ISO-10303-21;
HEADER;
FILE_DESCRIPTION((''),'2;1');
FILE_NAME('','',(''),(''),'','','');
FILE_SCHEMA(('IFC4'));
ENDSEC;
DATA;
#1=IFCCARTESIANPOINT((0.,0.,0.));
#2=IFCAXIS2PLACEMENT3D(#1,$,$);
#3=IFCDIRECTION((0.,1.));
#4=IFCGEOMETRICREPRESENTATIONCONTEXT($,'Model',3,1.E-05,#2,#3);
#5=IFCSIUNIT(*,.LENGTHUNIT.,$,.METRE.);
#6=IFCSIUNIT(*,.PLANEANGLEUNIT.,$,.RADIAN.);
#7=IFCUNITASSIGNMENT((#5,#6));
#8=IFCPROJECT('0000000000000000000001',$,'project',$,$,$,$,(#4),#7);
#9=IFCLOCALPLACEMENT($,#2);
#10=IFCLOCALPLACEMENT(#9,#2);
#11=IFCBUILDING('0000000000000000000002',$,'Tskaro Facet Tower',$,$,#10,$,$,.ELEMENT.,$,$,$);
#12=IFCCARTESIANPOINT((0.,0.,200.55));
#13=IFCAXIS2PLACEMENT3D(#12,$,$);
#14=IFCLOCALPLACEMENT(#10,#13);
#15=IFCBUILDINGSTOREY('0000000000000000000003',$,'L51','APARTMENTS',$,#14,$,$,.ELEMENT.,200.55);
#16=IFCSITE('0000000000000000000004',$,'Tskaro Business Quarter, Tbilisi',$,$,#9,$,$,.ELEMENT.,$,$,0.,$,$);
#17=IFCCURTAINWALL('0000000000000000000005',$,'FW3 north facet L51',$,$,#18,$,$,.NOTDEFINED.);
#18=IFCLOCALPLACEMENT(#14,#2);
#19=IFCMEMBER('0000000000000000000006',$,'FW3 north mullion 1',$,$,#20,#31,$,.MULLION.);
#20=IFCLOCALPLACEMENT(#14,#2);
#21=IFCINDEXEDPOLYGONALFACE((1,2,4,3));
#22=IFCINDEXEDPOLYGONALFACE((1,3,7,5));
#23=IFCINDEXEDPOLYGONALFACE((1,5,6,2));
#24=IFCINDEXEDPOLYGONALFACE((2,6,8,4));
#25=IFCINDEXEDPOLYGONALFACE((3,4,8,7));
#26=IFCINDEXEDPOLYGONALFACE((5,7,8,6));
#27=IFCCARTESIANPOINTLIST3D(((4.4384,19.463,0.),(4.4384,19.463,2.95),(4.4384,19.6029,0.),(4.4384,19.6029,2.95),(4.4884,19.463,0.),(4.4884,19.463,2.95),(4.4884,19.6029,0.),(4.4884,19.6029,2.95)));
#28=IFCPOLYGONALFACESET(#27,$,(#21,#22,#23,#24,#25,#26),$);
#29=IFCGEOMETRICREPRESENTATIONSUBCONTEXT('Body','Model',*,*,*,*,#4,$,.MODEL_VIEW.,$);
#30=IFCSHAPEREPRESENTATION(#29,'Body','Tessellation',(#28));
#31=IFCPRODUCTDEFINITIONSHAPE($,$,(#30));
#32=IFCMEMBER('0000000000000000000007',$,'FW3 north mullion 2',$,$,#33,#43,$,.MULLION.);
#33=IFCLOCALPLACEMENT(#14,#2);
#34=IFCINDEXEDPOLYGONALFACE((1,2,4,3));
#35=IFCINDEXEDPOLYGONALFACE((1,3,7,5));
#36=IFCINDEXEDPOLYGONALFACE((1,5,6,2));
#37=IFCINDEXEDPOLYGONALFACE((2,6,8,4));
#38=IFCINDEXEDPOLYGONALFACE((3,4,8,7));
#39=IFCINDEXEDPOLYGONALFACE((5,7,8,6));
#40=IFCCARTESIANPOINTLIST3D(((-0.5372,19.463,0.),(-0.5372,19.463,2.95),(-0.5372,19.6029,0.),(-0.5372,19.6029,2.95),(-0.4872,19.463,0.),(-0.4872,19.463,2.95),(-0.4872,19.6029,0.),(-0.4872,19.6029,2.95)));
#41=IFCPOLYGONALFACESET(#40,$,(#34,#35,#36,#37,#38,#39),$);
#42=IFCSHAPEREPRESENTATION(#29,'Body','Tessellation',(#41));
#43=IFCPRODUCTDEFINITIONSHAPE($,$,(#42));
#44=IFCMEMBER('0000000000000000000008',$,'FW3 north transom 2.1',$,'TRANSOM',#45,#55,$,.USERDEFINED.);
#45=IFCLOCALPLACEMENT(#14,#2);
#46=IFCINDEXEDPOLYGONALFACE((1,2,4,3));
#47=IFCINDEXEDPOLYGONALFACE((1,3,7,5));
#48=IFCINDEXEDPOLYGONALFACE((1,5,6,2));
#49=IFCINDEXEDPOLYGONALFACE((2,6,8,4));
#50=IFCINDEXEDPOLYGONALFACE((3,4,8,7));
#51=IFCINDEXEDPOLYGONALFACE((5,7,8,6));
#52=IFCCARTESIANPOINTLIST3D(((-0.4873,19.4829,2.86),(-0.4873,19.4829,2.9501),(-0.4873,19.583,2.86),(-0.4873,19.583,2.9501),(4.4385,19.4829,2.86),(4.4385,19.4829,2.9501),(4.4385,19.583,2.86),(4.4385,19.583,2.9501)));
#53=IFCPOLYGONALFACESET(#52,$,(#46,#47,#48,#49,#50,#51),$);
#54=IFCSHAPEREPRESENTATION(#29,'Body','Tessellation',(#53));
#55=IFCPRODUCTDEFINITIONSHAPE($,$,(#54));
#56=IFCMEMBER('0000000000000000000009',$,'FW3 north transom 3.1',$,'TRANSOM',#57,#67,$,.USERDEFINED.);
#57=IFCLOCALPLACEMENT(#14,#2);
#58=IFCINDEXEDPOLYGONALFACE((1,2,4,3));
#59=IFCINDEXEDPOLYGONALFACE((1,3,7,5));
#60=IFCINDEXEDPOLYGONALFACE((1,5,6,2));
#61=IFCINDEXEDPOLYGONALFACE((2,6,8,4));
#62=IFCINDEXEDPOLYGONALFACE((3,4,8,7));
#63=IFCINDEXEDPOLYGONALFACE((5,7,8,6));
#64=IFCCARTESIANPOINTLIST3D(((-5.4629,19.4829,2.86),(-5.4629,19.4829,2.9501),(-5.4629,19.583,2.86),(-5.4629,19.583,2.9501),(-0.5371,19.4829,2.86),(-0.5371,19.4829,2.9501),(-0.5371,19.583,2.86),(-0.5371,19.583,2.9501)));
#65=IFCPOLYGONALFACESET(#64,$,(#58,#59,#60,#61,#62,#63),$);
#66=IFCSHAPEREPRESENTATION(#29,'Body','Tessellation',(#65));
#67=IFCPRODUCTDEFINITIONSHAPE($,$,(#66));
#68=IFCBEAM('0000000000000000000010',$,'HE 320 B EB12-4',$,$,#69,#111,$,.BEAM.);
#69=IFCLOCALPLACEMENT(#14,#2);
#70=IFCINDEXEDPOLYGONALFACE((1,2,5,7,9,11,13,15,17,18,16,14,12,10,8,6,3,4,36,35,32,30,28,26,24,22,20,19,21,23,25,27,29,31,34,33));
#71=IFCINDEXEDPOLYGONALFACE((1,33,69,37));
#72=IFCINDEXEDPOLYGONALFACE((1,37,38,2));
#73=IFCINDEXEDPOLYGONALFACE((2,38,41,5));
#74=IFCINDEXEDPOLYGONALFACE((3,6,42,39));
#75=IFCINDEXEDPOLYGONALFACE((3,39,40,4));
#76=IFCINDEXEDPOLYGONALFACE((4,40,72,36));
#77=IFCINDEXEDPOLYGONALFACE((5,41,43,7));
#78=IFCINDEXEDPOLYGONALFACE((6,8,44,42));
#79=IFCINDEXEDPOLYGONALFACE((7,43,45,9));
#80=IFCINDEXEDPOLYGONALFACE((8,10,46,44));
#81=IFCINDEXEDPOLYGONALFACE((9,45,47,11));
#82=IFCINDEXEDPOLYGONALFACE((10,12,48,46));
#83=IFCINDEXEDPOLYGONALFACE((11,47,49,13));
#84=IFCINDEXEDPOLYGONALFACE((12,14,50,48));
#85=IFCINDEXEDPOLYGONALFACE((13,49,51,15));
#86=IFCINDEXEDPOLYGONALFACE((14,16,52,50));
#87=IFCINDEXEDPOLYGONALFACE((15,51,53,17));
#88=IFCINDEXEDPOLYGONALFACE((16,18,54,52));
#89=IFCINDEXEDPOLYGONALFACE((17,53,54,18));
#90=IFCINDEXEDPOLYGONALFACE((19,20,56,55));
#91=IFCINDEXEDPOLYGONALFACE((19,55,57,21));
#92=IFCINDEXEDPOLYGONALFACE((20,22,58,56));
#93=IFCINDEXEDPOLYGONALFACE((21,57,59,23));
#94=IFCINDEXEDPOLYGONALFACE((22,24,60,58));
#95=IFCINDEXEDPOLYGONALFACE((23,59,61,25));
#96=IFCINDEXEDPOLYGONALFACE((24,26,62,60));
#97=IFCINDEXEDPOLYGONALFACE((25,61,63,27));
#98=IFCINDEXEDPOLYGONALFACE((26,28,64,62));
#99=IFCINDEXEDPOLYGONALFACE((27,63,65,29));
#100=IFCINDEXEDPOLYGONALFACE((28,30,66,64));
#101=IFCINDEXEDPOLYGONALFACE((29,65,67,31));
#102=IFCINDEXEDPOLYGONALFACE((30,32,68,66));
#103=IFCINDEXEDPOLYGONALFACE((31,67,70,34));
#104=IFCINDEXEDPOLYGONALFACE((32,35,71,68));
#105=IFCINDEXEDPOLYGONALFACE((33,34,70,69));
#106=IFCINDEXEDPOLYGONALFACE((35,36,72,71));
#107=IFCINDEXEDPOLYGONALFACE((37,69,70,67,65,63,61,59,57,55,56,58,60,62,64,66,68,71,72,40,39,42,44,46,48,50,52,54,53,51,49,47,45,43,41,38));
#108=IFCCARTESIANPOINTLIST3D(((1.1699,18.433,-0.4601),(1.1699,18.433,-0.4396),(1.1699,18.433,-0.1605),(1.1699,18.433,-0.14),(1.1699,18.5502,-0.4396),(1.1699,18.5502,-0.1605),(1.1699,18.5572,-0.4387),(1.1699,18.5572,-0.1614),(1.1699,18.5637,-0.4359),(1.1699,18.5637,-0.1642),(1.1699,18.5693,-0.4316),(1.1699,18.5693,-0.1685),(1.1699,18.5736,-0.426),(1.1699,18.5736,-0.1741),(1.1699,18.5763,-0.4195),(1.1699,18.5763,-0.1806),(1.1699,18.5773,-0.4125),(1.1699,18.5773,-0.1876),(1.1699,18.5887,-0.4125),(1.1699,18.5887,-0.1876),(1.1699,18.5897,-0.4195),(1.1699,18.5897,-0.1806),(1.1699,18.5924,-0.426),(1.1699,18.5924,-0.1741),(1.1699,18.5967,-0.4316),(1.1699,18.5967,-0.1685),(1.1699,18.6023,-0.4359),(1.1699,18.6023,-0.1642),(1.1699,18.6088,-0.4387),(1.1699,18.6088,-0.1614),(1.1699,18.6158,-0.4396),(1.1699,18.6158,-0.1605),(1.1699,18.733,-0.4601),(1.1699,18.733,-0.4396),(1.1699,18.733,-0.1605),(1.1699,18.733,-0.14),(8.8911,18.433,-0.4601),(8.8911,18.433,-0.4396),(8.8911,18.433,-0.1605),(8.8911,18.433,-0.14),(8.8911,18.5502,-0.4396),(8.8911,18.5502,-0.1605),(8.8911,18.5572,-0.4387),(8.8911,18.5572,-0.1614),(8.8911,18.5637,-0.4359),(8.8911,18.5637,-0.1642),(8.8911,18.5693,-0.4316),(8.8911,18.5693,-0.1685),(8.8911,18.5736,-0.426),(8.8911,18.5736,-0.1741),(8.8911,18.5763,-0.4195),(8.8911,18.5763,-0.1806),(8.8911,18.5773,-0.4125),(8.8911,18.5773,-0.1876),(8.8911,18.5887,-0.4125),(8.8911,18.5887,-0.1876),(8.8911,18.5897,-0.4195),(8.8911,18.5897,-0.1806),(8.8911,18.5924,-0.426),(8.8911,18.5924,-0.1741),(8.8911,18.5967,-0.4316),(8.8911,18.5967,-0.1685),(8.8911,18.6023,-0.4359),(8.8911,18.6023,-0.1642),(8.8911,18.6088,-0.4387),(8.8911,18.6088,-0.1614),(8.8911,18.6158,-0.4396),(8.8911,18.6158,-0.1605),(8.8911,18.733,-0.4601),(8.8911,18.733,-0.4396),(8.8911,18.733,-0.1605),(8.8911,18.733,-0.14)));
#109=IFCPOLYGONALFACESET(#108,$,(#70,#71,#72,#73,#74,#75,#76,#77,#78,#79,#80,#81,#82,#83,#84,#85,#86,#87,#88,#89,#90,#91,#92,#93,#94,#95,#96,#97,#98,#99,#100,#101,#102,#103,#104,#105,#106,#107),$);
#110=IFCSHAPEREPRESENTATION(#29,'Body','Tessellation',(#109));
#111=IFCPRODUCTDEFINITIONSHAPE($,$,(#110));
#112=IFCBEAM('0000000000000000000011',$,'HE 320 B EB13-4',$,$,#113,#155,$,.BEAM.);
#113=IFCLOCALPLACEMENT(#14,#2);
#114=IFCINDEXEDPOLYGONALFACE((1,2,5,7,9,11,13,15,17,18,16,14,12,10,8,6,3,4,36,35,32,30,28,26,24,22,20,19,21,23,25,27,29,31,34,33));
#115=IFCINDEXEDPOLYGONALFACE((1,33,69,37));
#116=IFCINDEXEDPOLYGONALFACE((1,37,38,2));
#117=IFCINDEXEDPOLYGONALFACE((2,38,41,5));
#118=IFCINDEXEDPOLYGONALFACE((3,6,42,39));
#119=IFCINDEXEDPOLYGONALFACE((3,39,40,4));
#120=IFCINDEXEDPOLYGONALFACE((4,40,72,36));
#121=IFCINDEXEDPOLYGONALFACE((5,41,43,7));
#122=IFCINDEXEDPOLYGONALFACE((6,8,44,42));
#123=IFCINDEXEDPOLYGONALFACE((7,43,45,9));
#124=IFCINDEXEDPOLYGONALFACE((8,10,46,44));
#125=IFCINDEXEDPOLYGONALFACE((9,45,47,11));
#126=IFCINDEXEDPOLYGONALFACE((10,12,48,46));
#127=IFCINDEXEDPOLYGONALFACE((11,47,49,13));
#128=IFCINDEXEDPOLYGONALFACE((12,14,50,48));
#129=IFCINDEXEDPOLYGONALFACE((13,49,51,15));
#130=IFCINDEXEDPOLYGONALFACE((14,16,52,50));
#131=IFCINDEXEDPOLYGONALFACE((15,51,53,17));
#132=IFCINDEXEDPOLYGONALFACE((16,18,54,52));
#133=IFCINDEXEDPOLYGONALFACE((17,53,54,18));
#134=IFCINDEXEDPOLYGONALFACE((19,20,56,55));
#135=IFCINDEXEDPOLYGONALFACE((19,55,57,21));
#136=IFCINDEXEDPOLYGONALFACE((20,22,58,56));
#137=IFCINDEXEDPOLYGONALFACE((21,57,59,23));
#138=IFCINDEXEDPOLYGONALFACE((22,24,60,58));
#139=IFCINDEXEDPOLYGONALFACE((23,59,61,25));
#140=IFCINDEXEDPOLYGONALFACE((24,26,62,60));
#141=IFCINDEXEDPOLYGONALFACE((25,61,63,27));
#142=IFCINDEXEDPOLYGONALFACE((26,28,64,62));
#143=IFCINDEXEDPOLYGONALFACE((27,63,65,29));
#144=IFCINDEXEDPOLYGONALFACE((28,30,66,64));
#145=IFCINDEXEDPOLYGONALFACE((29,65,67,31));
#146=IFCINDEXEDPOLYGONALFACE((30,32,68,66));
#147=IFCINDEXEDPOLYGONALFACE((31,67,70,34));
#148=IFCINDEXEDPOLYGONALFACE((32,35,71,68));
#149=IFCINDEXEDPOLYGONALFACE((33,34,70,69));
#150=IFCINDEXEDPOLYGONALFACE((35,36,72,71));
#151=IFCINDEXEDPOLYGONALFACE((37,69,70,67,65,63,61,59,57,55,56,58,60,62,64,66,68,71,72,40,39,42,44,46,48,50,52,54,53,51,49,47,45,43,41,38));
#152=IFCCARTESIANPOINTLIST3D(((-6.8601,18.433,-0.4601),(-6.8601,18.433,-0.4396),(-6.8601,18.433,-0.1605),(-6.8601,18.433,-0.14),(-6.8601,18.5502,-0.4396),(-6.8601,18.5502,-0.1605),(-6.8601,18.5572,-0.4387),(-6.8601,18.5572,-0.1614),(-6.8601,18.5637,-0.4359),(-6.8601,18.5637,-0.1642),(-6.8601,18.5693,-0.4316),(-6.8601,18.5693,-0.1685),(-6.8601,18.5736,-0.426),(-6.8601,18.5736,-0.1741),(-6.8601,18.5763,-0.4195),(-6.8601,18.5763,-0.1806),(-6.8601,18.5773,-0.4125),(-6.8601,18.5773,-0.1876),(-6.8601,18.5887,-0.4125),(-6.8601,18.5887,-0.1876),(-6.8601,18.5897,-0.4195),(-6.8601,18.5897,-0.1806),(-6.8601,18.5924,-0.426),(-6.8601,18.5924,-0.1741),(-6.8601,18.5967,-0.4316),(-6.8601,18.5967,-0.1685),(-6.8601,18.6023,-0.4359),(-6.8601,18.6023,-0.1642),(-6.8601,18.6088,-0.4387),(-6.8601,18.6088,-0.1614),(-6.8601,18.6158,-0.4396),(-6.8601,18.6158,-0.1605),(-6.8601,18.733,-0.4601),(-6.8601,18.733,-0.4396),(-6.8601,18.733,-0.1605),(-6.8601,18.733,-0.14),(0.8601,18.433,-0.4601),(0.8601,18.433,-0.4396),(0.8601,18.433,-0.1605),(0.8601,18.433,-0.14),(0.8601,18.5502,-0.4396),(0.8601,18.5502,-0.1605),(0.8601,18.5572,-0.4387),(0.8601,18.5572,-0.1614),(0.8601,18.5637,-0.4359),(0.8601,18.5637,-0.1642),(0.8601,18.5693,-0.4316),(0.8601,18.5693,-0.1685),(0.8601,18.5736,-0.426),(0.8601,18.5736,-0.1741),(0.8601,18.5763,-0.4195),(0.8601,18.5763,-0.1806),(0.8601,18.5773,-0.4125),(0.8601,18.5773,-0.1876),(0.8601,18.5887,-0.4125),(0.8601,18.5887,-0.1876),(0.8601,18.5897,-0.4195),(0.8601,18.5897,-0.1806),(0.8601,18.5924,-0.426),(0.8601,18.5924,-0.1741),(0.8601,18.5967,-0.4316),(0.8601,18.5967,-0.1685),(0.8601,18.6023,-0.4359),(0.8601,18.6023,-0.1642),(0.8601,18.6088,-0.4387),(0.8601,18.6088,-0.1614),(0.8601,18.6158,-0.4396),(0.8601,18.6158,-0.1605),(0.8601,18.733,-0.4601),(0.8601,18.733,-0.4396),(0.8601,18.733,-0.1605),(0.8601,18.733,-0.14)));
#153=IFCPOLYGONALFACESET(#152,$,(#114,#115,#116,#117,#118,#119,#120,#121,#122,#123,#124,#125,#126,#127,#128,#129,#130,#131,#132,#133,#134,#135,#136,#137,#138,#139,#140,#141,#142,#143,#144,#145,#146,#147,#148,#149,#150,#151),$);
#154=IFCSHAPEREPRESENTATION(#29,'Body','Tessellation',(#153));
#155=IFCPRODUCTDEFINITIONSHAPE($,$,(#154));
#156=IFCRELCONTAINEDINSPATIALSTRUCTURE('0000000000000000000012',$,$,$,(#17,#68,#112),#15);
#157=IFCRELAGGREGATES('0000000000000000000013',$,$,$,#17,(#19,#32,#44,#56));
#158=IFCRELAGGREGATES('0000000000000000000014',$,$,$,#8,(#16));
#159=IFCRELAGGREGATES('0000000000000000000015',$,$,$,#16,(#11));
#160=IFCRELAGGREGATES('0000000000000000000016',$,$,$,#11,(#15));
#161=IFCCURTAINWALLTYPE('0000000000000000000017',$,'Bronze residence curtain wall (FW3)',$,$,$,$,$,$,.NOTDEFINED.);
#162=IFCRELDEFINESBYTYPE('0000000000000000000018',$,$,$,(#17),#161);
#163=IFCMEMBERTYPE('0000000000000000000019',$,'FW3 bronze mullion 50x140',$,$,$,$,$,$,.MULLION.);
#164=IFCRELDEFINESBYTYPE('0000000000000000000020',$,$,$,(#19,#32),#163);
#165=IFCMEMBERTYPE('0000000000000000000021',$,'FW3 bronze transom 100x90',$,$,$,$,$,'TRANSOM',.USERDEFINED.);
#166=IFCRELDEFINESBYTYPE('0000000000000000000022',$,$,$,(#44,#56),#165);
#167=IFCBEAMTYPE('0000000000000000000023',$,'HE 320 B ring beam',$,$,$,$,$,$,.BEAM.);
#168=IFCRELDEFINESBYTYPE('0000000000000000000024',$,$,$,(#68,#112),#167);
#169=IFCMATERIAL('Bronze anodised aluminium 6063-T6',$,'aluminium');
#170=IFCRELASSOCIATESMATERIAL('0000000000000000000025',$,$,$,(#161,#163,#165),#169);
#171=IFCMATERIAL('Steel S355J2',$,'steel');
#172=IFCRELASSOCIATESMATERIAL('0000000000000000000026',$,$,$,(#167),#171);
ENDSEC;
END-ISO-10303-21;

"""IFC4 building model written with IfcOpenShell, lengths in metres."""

from ifc_helpers import new_model, si_unit, direction, frame, origin, origin_2d, place, context, subcontext, project, spatial, rectangle, i_section, extrude, material, material_profile, profile_set, type_object, element, aggregate, save


model = new_model("IFC4")

# Units and contexts
model_context = context("Model", 3, precision=1e-05, world=origin(), true_north=direction((0.0, 1.0)))
body_context = subcontext(model_context, "Body", "Model", "MODEL_VIEW")
ifc_project = project(units=[si_unit("LENGTHUNIT", "METRE"), si_unit("PLANEANGLEUNIT", "RADIAN")], contexts=[model_context])

# Site, building, storey
site_placement = place(None, origin())
site = spatial("IfcSite", under=ifc_project, at=site_placement, Name="Tskaro Business Quarter, Tbilisi", CompositionType="ELEMENT", RefElevation=0.0)
building_placement = place(site_placement, origin())
building = spatial("IfcBuilding", under=site, at=building_placement, Name="Tskaro Facet Tower", CompositionType="ELEMENT")
storey_placement = place(building_placement, frame((0.0, 0.0, 200.55)))
storey = spatial("IfcBuildingStorey", under=building, at=storey_placement, Name="L51", Description="APARTMENTS", CompositionType="ELEMENT", Elevation=200.55)

# Curtain wall, members
ifc_material_1 = material(Name="Bronze anodised aluminium 6063-T6", Category="aluminium")
curtain_wall_type = type_object("IfcCurtainWallType", Name="Bronze residence curtain wall (FW3)", PredefinedType="NOTDEFINED", material=ifc_material_1)
curtain_wall_placement = place(storey_placement, origin())
curtain_wall = element("IfcCurtainWall", 1, at=curtain_wall_placement, inside=storey, type_object=curtain_wall_type, Name="FW3 north facet L51", PredefinedType="NOTDEFINED")
ifc_material_profile_1 = material_profile(ifc_material_1, rectangle(XDim=0.05, YDim=0.1399, at=origin_2d()), Name="Mullion 50x140")
ifc_profile_set_1 = profile_set([ifc_material_profile_1], Name="Bronze anodised aluminium 6063-T6")
member_type_1 = type_object("IfcMemberType", Name="FW3 bronze mullion 50x140", PredefinedType="MULLION", material=ifc_profile_set_1)
member_1_placement = place(storey_placement, frame((4.4634, 19.533, 0.0), z_axis=(0.0, 0.0, 1.0), x_axis=(-1.0, 0.0, 0.0)))
member_1 = element("IfcMember", 2, at=member_1_placement, type_object=member_type_1, Name="FW3 north mullion 1", PredefinedType="MULLION", context=body_context, shape_type="SweptSolid", body=[
    extrude(rectangle(XDim=0.05, YDim=0.1399, at=origin_2d()), origin(), (0.0, 0.0, 1.0), 2.95),
])
member_2_placement = place(storey_placement, frame((-0.5122, 19.533, 0.0), z_axis=(0.0, 0.0, 1.0), x_axis=(-1.0, 0.0, 0.0)))
member_2 = element("IfcMember", 3, at=member_2_placement, type_object=member_type_1, Name="FW3 north mullion 2", PredefinedType="MULLION", context=body_context, shape_type="SweptSolid", body=[
    extrude(rectangle(XDim=0.05, YDim=0.1399, at=origin_2d()), origin(), (0.0, 0.0, 1.0), 2.95),
])
ifc_material_profile_2 = material_profile(ifc_material_1, rectangle(XDim=0.1001, YDim=0.0901, at=origin_2d()), Name="Transom 100x90")
ifc_profile_set_2 = profile_set([ifc_material_profile_2], Name="Bronze anodised aluminium 6063-T6")
member_type_2 = type_object("IfcMemberType", Name="FW3 bronze transom 100x90", ElementType="TRANSOM", PredefinedType="USERDEFINED", material=ifc_profile_set_2)
member_3_placement = place(storey_placement, frame((4.4385, 19.533, 2.905), z_axis=(-1.0, 0.0, 0.0), x_axis=(0.0, -1.0, 0.0)))
member_3 = element("IfcMember", 4, at=member_3_placement, type_object=member_type_2, Name="FW3 north transom 2.1", ObjectType="TRANSOM", PredefinedType="USERDEFINED", context=body_context, shape_type="SweptSolid", body=[
    extrude(rectangle(XDim=0.1001, YDim=0.0901, at=origin_2d()), origin(), (0.0, 0.0, 1.0), 4.9258),
])
member_4_placement = place(storey_placement, frame((-0.5371, 19.533, 2.905), z_axis=(-1.0, 0.0, 0.0), x_axis=(0.0, -1.0, 0.0)))
member_4 = element("IfcMember", 5, at=member_4_placement, type_object=member_type_2, Name="FW3 north transom 3.1", ObjectType="TRANSOM", PredefinedType="USERDEFINED", context=body_context, shape_type="SweptSolid", body=[
    extrude(rectangle(XDim=0.1001, YDim=0.0901, at=origin_2d()), origin(), (0.0, 0.0, 1.0), 4.9258),
])

# Beams
ifc_material_2 = material(Name="Steel S355J2", Category="steel")
ifc_material_profile_3 = material_profile(ifc_material_2, i_section(OverallWidth=0.3, OverallDepth=0.3201, WebThickness=0.0115, FlangeThickness=0.0205, FilletRadius=0.0271, at=origin_2d()), Name="HE 320 B")
ifc_profile_set_3 = profile_set([ifc_material_profile_3], Name="Steel S355J2")
beam_type_1 = type_object("IfcBeamType", Name="HE 320 B ring beam", PredefinedType="BEAM", material=ifc_profile_set_3)
beam_1_placement = place(storey_placement, frame((8.8911, 18.583, -0.3), z_axis=(-1.0, 0.0, 0.0), x_axis=(0.0, -1.0, 0.0)))
element("IfcBeam", 6, at=beam_1_placement, inside=storey, type_object=beam_type_1, Name="HE 320 B EB12-4", PredefinedType="BEAM", context=body_context, shape_type="SweptSolid", body=[
    extrude(i_section(OverallWidth=0.3, OverallDepth=0.3201, WebThickness=0.0115, FlangeThickness=0.0205, FilletRadius=0.0271, at=origin_2d()), origin(), (0.0, 0.0, 1.0), 7.7212),
])
beam_2_placement = place(storey_placement, frame((0.8601, 18.583, -0.3), z_axis=(-1.0, 0.0, 0.0), x_axis=(0.0, -1.0, 0.0)))
element("IfcBeam", 7, at=beam_2_placement, inside=storey, type_object=beam_type_1, Name="HE 320 B EB13-4", PredefinedType="BEAM", context=body_context, shape_type="SweptSolid", body=[
    extrude(i_section(OverallWidth=0.3, OverallDepth=0.3201, WebThickness=0.0115, FlangeThickness=0.0205, FilletRadius=0.0271, at=origin_2d()), origin(), (0.0, 0.0, 1.0), 7.7202),
])

aggregate(curtain_wall, [member_1, member_2, member_3, member_4])

save(model, "model.ifc")
